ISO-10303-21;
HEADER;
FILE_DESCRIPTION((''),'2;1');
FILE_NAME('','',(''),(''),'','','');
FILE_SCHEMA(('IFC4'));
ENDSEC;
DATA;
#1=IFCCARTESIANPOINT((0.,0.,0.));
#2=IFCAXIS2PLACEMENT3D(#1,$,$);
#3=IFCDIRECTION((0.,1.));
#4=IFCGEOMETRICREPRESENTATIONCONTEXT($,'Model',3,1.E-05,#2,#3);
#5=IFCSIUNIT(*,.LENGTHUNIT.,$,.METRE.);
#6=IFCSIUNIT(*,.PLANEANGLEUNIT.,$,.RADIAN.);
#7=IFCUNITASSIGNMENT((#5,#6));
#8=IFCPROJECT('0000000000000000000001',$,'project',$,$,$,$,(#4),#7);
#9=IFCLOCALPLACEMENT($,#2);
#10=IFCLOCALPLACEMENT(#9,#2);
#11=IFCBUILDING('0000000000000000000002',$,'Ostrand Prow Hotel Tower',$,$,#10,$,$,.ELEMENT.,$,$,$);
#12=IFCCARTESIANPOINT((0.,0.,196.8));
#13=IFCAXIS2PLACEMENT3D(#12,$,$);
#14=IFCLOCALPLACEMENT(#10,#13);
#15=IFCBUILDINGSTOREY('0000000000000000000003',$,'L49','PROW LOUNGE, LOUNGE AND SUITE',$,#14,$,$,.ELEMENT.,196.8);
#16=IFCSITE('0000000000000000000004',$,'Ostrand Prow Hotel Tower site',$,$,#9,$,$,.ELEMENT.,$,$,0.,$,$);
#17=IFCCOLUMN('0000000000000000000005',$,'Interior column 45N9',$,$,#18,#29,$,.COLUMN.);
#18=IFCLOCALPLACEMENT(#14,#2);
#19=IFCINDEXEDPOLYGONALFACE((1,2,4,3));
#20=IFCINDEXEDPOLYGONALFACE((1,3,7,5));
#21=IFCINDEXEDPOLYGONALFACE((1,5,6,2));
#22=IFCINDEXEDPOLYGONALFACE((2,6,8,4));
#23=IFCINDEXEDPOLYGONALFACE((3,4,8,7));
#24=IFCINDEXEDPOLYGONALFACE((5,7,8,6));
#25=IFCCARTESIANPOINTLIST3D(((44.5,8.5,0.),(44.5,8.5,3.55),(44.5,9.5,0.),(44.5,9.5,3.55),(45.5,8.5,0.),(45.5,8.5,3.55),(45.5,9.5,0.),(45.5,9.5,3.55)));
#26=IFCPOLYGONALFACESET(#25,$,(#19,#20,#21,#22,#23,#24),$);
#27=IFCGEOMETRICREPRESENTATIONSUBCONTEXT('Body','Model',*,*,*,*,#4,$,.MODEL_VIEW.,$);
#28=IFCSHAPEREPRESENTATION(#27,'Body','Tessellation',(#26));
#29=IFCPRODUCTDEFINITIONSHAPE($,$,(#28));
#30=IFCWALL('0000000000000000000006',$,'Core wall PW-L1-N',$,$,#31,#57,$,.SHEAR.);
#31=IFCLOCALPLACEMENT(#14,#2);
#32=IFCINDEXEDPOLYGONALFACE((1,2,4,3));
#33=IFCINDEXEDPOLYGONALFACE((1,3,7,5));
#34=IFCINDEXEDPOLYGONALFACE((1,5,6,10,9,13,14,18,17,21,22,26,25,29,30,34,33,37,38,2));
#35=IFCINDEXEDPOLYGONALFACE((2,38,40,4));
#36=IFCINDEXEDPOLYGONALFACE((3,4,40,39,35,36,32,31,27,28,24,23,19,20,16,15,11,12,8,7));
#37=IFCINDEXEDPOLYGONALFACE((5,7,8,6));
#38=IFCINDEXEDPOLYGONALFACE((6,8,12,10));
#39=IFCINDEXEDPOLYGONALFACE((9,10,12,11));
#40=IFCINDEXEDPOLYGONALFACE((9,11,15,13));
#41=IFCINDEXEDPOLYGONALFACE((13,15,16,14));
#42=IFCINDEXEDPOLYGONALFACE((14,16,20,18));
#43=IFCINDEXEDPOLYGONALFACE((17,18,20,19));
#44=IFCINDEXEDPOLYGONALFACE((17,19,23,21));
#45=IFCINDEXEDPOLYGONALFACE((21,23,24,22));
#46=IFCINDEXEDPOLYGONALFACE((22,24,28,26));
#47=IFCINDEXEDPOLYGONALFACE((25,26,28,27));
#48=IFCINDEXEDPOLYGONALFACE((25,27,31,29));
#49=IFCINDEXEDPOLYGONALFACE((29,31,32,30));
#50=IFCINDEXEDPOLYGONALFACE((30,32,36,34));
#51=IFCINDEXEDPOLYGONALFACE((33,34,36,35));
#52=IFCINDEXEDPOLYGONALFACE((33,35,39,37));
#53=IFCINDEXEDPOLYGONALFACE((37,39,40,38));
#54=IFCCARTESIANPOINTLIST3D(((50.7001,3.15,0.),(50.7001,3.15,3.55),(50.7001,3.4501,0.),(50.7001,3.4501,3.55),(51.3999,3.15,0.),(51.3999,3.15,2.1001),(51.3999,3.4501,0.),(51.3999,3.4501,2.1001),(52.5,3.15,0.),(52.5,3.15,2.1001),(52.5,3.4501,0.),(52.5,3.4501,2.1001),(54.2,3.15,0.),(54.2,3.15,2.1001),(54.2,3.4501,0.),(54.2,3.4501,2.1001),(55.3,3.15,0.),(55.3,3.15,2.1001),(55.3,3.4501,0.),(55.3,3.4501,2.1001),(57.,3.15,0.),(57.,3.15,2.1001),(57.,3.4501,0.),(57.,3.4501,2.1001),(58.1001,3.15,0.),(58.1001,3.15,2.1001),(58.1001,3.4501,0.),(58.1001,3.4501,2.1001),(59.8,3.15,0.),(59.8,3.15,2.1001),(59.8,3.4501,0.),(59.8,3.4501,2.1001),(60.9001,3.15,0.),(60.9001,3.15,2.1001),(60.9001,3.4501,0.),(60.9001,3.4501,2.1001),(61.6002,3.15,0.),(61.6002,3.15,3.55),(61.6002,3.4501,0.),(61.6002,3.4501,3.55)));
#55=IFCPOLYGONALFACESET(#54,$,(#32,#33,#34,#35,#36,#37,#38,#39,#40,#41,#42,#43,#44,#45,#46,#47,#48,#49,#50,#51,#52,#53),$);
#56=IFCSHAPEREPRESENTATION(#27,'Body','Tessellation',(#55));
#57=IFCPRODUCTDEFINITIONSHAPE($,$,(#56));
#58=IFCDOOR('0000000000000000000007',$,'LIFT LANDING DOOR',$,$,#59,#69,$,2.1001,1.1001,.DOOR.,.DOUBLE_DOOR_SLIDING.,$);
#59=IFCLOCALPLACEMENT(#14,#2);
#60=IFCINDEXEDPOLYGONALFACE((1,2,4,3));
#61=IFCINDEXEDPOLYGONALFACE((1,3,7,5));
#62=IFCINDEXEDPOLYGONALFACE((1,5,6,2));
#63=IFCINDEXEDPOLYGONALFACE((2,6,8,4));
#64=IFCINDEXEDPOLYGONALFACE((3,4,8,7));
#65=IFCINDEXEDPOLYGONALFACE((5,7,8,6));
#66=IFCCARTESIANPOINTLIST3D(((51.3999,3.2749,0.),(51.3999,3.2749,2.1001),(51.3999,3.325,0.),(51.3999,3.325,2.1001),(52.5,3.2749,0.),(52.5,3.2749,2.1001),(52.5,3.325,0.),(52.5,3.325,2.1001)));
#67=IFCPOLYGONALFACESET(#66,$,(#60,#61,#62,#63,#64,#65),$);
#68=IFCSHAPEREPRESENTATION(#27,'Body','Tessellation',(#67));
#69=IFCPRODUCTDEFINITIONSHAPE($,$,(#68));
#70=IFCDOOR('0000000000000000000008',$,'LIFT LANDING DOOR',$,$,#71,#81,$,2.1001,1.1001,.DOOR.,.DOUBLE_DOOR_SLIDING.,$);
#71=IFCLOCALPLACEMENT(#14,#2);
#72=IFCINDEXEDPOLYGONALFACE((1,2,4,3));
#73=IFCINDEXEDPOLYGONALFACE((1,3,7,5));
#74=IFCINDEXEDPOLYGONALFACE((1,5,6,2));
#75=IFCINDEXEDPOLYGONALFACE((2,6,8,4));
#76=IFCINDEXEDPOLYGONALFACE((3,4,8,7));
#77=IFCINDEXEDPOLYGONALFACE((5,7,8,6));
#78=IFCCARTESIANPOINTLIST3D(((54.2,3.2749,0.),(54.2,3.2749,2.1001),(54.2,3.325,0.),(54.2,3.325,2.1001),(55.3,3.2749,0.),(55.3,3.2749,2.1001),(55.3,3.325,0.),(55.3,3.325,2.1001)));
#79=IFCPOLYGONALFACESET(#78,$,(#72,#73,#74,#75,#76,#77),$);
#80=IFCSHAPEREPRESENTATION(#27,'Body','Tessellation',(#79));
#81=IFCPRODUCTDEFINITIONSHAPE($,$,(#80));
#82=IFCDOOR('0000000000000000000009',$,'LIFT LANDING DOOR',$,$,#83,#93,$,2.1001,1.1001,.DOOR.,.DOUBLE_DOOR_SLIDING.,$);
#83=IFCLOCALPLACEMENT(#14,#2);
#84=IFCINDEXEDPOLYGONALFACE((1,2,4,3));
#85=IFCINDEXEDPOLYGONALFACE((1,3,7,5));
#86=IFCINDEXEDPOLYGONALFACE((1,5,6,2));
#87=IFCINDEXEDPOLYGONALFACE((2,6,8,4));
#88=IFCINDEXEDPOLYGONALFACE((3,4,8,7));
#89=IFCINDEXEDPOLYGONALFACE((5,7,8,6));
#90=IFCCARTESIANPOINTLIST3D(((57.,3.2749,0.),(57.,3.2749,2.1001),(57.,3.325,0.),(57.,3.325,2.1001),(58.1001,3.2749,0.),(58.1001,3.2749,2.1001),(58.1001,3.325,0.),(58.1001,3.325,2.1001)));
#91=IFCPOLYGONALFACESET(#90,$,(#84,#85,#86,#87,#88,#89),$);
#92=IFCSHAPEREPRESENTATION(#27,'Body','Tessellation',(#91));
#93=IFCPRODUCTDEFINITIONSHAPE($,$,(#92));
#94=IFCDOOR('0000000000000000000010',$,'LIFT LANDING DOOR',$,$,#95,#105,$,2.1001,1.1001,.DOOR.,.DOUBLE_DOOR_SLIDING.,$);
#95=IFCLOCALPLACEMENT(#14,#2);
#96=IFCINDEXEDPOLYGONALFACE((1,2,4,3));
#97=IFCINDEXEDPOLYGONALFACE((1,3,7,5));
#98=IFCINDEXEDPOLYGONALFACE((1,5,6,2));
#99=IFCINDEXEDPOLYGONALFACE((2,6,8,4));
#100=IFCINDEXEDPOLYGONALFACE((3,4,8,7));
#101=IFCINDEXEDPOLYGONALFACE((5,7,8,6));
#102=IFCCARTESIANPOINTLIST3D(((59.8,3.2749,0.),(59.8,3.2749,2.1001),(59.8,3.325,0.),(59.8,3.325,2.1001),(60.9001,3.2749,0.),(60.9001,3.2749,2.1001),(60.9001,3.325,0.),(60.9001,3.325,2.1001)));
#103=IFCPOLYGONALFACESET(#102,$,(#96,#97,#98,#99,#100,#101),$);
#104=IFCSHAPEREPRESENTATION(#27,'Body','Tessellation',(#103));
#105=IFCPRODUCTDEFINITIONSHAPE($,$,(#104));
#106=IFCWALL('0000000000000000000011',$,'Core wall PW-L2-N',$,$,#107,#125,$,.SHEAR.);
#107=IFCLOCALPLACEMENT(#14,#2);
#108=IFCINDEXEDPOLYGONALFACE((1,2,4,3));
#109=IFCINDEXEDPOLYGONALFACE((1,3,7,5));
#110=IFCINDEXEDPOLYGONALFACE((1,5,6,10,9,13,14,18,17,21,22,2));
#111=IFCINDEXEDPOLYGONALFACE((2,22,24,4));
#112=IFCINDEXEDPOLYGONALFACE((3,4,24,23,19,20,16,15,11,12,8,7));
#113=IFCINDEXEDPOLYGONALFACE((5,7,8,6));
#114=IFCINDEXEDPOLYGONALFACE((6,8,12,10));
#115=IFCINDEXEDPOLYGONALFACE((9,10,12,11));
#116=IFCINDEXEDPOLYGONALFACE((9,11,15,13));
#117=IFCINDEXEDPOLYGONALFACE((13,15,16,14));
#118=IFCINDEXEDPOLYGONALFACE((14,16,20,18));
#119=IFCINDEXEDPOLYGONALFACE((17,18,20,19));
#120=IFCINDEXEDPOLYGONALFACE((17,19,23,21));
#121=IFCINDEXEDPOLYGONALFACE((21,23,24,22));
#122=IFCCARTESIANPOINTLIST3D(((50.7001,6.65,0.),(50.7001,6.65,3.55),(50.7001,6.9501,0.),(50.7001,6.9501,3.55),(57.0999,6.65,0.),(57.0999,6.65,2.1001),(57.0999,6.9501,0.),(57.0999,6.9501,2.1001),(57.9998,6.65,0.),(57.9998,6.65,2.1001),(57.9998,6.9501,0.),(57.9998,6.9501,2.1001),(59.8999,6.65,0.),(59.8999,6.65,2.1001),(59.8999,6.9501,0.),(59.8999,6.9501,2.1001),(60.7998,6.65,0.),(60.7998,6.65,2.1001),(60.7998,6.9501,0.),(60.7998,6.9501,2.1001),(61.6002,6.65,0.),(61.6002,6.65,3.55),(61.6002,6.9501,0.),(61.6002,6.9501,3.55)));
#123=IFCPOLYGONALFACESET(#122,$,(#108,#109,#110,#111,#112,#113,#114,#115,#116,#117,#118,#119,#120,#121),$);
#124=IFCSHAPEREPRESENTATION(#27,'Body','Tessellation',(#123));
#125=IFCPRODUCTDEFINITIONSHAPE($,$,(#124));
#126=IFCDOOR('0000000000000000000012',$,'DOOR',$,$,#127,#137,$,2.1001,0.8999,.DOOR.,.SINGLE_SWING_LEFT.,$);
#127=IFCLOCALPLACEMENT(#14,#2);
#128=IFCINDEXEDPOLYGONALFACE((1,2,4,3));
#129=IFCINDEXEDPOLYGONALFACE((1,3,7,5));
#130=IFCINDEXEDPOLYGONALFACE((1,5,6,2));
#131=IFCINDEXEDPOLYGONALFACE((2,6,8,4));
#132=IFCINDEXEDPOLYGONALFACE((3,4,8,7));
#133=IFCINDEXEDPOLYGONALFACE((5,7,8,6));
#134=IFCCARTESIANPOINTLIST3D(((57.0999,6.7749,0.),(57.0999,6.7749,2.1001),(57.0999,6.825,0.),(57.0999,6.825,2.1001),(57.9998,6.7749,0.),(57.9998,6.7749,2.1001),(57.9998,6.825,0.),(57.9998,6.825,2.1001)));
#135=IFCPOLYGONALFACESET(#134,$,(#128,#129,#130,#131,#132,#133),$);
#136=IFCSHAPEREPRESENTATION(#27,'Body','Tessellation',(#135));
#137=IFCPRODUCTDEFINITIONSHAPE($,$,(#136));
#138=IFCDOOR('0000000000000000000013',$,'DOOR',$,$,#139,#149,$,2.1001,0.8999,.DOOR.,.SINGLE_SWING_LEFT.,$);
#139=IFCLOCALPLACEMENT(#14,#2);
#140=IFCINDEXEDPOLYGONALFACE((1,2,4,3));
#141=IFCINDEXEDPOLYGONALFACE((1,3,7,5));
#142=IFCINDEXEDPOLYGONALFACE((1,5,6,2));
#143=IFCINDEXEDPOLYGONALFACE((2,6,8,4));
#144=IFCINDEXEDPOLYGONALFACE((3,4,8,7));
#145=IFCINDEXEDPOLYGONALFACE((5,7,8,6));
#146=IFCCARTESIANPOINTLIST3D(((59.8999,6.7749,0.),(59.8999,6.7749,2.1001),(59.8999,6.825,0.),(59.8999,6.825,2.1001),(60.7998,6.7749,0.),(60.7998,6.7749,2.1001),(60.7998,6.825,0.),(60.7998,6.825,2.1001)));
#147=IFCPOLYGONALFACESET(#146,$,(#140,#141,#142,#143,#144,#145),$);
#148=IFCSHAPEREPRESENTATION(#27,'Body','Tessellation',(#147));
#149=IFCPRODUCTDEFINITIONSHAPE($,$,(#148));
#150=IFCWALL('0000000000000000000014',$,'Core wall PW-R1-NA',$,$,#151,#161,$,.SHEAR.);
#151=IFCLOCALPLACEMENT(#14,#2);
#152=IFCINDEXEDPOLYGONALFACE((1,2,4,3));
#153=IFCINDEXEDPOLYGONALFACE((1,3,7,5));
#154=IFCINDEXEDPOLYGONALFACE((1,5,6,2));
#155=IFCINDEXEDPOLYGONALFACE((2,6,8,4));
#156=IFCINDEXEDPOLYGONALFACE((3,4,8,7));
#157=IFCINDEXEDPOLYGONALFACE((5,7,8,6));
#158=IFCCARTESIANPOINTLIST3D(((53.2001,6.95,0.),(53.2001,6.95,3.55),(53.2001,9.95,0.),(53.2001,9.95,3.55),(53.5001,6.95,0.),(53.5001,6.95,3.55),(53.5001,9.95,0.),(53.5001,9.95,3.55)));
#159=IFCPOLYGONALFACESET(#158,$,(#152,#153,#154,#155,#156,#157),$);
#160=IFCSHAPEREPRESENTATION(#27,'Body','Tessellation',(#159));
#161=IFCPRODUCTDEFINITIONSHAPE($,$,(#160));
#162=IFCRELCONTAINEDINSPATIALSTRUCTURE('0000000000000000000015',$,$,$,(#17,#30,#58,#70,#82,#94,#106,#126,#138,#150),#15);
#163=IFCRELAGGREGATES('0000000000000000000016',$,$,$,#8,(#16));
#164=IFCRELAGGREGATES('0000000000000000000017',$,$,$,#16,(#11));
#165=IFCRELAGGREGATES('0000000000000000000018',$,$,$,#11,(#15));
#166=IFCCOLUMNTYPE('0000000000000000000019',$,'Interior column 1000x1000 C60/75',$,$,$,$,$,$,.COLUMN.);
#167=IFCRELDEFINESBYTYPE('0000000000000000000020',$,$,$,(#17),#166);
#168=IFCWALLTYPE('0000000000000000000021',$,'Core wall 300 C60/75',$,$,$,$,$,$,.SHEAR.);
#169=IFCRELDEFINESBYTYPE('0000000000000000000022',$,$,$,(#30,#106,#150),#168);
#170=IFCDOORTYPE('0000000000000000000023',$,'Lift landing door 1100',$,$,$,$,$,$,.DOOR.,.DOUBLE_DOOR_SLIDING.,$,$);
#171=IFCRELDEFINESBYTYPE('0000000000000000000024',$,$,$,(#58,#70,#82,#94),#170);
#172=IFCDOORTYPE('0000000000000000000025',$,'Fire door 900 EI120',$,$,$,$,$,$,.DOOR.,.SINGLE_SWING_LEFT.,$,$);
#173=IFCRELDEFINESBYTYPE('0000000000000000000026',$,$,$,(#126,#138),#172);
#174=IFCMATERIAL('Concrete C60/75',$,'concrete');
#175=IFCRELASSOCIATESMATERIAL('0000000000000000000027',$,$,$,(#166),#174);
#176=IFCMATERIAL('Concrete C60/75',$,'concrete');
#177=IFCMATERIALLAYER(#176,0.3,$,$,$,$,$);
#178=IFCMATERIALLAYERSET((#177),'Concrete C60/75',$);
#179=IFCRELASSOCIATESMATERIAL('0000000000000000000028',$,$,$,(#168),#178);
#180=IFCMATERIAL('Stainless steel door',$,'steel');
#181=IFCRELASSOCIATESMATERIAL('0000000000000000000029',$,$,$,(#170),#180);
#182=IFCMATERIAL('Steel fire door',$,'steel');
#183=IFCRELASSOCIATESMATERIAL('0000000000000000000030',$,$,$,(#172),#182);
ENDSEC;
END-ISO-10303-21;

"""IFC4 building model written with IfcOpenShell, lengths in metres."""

from ifc_helpers import new_model, si_unit, direction, frame, frame_2d, origin, origin_2d, place, context, subcontext, project, spatial, rectangle, extrude, material, layer, layer_set, material_profile, profile_set, type_object, element, fill, save


model = new_model("IFC4")

# Units and contexts
model_context = context("Model", 3, precision=1e-05, world=origin(), true_north=direction((0.0, 1.0)))
body_context = subcontext(model_context, "Body", "Model", "MODEL_VIEW")
ifc_project = project(units=[si_unit("LENGTHUNIT", "METRE"), si_unit("PLANEANGLEUNIT", "RADIAN")], contexts=[model_context])

# Site, building, storey
site_placement = place(None, origin())
site = spatial("IfcSite", under=ifc_project, at=site_placement, Name="Ostrand Prow Hotel Tower site", CompositionType="ELEMENT", RefElevation=0.0)
building_placement = place(site_placement, origin())
building = spatial("IfcBuilding", under=site, at=building_placement, Name="Ostrand Prow Hotel Tower", CompositionType="ELEMENT")
storey_placement = place(building_placement, frame((0.0, 0.0, 196.8)))
storey = spatial("IfcBuildingStorey", under=building, at=storey_placement, Name="L49", Description="PROW LOUNGE, LOUNGE AND SUITE", CompositionType="ELEMENT", Elevation=196.8)

# Column
ifc_material_1 = material(Name="Concrete C60/75", Category="concrete")
ifc_material_profile = material_profile(ifc_material_1, rectangle(XDim=1.0, YDim=1.0, at=origin_2d()), Name="RC 1000x1000")
ifc_profile_set = profile_set([ifc_material_profile], Name="Concrete C60/75")
column_type = type_object("IfcColumnType", Name="Interior column 1000x1000 C60/75", PredefinedType="COLUMN", material=ifc_profile_set)
column_placement = place(storey_placement, frame((45.0, 9.0, 0.0), z_axis=(0.0, 0.0, 1.0), x_axis=(1.0, 0.0, 0.0)))
element("IfcColumn", 1, at=column_placement, inside=storey, type_object=column_type, Name="Interior column 45N9", PredefinedType="COLUMN", context=body_context, shape_type="SweptSolid", body=[
    extrude(rectangle(XDim=1.0, YDim=1.0, at=origin_2d()), origin(), (0.0, 0.0, 1.0), 3.55),
])

# Walls, openings, doors
ifc_material_2 = material(Name="Concrete C60/75", Category="concrete")
ifc_layer_1 = layer(ifc_material_2, 0.3)
ifc_layer_set_1 = layer_set([ifc_layer_1], Name="Concrete C60/75")
wall_type_1 = type_object("IfcWallType", Name="Core wall 300 C60/75", PredefinedType="SHEAR", material=ifc_layer_set_1)
wall_1_placement = place(storey_placement, frame((50.7, 3.3, 0.0), z_axis=(0.0, 0.0, 1.0), x_axis=(1.0, 0.0, 0.0)))
wall_1 = element("IfcWall", 2, at=wall_1_placement, inside=storey, type_object=wall_type_1, Name="Core wall PW-L1-N", PredefinedType="SHEAR", context=body_context, shape_type="SweptSolid", body=[
    extrude(rectangle(XDim=10.9001, YDim=0.3, at=frame_2d((5.4502, 0.0))), origin(), (0.0, 0.0, 1.0), 3.55),
])
opening_1_placement = place(wall_1_placement, frame((0.7, 0.0, 0.0)))
opening_1 = element("IfcOpeningElement", 3, at=opening_1_placement, cuts=wall_1, PredefinedType="OPENING", context=body_context, shape_type="SweptSolid", body=[
    extrude(rectangle(XDim=1.1001, YDim=2.1001, at=frame_2d((0.55, 1.05))), frame((0.0, 0.1599, 0.0), z_axis=(0.0, -1.0, 0.0), x_axis=(1.0, 0.0, 0.0)), (0.0, 0.0, 1.0), 0.3201),
])
opening_2_placement = place(wall_1_placement, frame((3.5, 0.0, 0.0)))
opening_2 = element("IfcOpeningElement", 4, at=opening_2_placement, cuts=wall_1, PredefinedType="OPENING", context=body_context, shape_type="SweptSolid", body=[
    extrude(rectangle(XDim=1.1001, YDim=2.1001, at=frame_2d((0.55, 1.05))), frame((0.0, 0.1599, 0.0), z_axis=(0.0, -1.0, 0.0), x_axis=(1.0, 0.0, 0.0)), (0.0, 0.0, 1.0), 0.3201),
])
opening_3_placement = place(wall_1_placement, frame((6.3, 0.0, 0.0)))
opening_3 = element("IfcOpeningElement", 5, at=opening_3_placement, cuts=wall_1, PredefinedType="OPENING", context=body_context, shape_type="SweptSolid", body=[
    extrude(rectangle(XDim=1.1001, YDim=2.1001, at=frame_2d((0.55, 1.05))), frame((0.0, 0.1599, 0.0), z_axis=(0.0, -1.0, 0.0), x_axis=(1.0, 0.0, 0.0)), (0.0, 0.0, 1.0), 0.3201),
])
opening_4_placement = place(wall_1_placement, frame((9.1001, 0.0, 0.0)))
opening_4 = element("IfcOpeningElement", 6, at=opening_4_placement, cuts=wall_1, PredefinedType="OPENING", context=body_context, shape_type="SweptSolid", body=[
    extrude(rectangle(XDim=1.1001, YDim=2.1001, at=frame_2d((0.55, 1.05))), frame((0.0, 0.1599, 0.0), z_axis=(0.0, -1.0, 0.0), x_axis=(1.0, 0.0, 0.0)), (0.0, 0.0, 1.0), 0.3201),
])
ifc_material_3 = material(Name="Stainless steel door", Category="steel")
door_type_1 = type_object("IfcDoorType", Name="Lift landing door 1100", OperationType="DOUBLE_DOOR_SLIDING", PredefinedType="DOOR", material=ifc_material_3)
door_1_placement = place(opening_1_placement, origin())
door_1 = element("IfcDoor", 7, at=door_1_placement, inside=storey, type_object=door_type_1, Name="LIFT LANDING DOOR", OperationType="DOUBLE_DOOR_SLIDING", OverallHeight=2.1001, OverallWidth=1.1001, PredefinedType="DOOR", context=body_context, shape_type="SweptSolid", body=[
    extrude(rectangle(XDim=1.1001, YDim=2.1001, at=frame_2d((0.55, 1.05))), frame((0.0, 0.0249, 0.0), z_axis=(0.0, -1.0, 0.0), x_axis=(1.0, 0.0, 0.0)), (0.0, 0.0, 1.0), 0.05),
])
fill(opening_1, door_1)
door_2_placement = place(opening_2_placement, origin())
door_2 = element("IfcDoor", 8, at=door_2_placement, inside=storey, type_object=door_type_1, Name="LIFT LANDING DOOR", OperationType="DOUBLE_DOOR_SLIDING", OverallHeight=2.1001, OverallWidth=1.1001, PredefinedType="DOOR", context=body_context, shape_type="SweptSolid", body=[
    extrude(rectangle(XDim=1.1001, YDim=2.1001, at=frame_2d((0.55, 1.05))), frame((0.0, 0.0249, 0.0), z_axis=(0.0, -1.0, 0.0), x_axis=(1.0, 0.0, 0.0)), (0.0, 0.0, 1.0), 0.05),
])
fill(opening_2, door_2)
door_3_placement = place(opening_3_placement, origin())
door_3 = element("IfcDoor", 9, at=door_3_placement, inside=storey, type_object=door_type_1, Name="LIFT LANDING DOOR", OperationType="DOUBLE_DOOR_SLIDING", OverallHeight=2.1001, OverallWidth=1.1001, PredefinedType="DOOR", context=body_context, shape_type="SweptSolid", body=[
    extrude(rectangle(XDim=1.1001, YDim=2.1001, at=frame_2d((0.55, 1.05))), frame((0.0, 0.0249, 0.0), z_axis=(0.0, -1.0, 0.0), x_axis=(1.0, 0.0, 0.0)), (0.0, 0.0, 1.0), 0.05),
])
fill(opening_3, door_3)
door_4_placement = place(opening_4_placement, origin())
door_4 = element("IfcDoor", 10, at=door_4_placement, inside=storey, type_object=door_type_1, Name="LIFT LANDING DOOR", OperationType="DOUBLE_DOOR_SLIDING", OverallHeight=2.1001, OverallWidth=1.1001, PredefinedType="DOOR", context=body_context, shape_type="SweptSolid", body=[
    extrude(rectangle(XDim=1.1001, YDim=2.1001, at=frame_2d((0.55, 1.05))), frame((0.0, 0.0249, 0.0), z_axis=(0.0, -1.0, 0.0), x_axis=(1.0, 0.0, 0.0)), (0.0, 0.0, 1.0), 0.05),
])
fill(opening_4, door_4)
wall_2_placement = place(storey_placement, frame((50.7, 6.8, 0.0), z_axis=(0.0, 0.0, 1.0), x_axis=(1.0, 0.0, 0.0)))
wall_2 = element("IfcWall", 11, at=wall_2_placement, inside=storey, type_object=wall_type_1, Name="Core wall PW-L2-N", PredefinedType="SHEAR", context=body_context, shape_type="SweptSolid", body=[
    extrude(rectangle(XDim=10.9001, YDim=0.3, at=frame_2d((5.4502, 0.0))), origin(), (0.0, 0.0, 1.0), 3.55),
])
opening_5_placement = place(wall_2_placement, frame((6.3999, 0.0, 0.0)))
opening_5 = element("IfcOpeningElement", 12, at=opening_5_placement, cuts=wall_2, PredefinedType="OPENING", context=body_context, shape_type="SweptSolid", body=[
    extrude(rectangle(XDim=0.8999, YDim=2.1001, at=frame_2d((0.45, 1.05))), frame((0.0, 0.1599, 0.0), z_axis=(0.0, -1.0, 0.0), x_axis=(1.0, 0.0, 0.0)), (0.0, 0.0, 1.0), 0.3201),
])
opening_6_placement = place(wall_2_placement, frame((9.2, 0.0, 0.0)))
opening_6 = element("IfcOpeningElement", 13, at=opening_6_placement, cuts=wall_2, PredefinedType="OPENING", context=body_context, shape_type="SweptSolid", body=[
    extrude(rectangle(XDim=0.8999, YDim=2.1001, at=frame_2d((0.45, 1.05))), frame((0.0, 0.1599, 0.0), z_axis=(0.0, -1.0, 0.0), x_axis=(1.0, 0.0, 0.0)), (0.0, 0.0, 1.0), 0.3201),
])
ifc_material_4 = material(Name="Steel fire door", Category="steel")
door_type_2 = type_object("IfcDoorType", Name="Fire door 900 EI120", OperationType="SINGLE_SWING_LEFT", PredefinedType="DOOR", material=ifc_material_4)
door_5_placement = place(opening_5_placement, origin())
door_5 = element("IfcDoor", 14, at=door_5_placement, inside=storey, type_object=door_type_2, Name="DOOR", OperationType="SINGLE_SWING_LEFT", OverallHeight=2.1001, OverallWidth=0.8999, PredefinedType="DOOR", context=body_context, shape_type="SweptSolid", body=[
    extrude(rectangle(XDim=0.8999, YDim=2.1001, at=frame_2d((0.45, 1.05))), frame((0.0, 0.0249, 0.0), z_axis=(0.0, -1.0, 0.0), x_axis=(1.0, 0.0, 0.0)), (0.0, 0.0, 1.0), 0.05),
])
fill(opening_5, door_5)
door_6_placement = place(opening_6_placement, origin())
door_6 = element("IfcDoor", 15, at=door_6_placement, inside=storey, type_object=door_type_2, Name="DOOR", OperationType="SINGLE_SWING_LEFT", OverallHeight=2.1001, OverallWidth=0.8999, PredefinedType="DOOR", context=body_context, shape_type="SweptSolid", body=[
    extrude(rectangle(XDim=0.8999, YDim=2.1001, at=frame_2d((0.45, 1.05))), frame((0.0, 0.0249, 0.0), z_axis=(0.0, -1.0, 0.0), x_axis=(1.0, 0.0, 0.0)), (0.0, 0.0, 1.0), 0.05),
])
fill(opening_6, door_6)

# Wall
for number, where, z_axis, x_axis, name in (
    (16, (53.3501, 6.95, 0.0), (0.0, 0.0, 1.0), (0.0, 1.0, 0.0), "Core wall PW-R1-NA"),
):
    element("IfcWall", number, at=place(storey_placement, frame(where, z_axis=z_axis, x_axis=x_axis)), inside=storey, type_object=wall_type_1, Name=name, PredefinedType="SHEAR", context=body_context, shape_type="SweptSolid", body=[
        extrude(rectangle(XDim=3.0, YDim=0.3, at=frame_2d((1.5, 0.0))), origin(), (0.0, 0.0, 1.0), 3.55),
    ])

save(model, "model.ifc")
